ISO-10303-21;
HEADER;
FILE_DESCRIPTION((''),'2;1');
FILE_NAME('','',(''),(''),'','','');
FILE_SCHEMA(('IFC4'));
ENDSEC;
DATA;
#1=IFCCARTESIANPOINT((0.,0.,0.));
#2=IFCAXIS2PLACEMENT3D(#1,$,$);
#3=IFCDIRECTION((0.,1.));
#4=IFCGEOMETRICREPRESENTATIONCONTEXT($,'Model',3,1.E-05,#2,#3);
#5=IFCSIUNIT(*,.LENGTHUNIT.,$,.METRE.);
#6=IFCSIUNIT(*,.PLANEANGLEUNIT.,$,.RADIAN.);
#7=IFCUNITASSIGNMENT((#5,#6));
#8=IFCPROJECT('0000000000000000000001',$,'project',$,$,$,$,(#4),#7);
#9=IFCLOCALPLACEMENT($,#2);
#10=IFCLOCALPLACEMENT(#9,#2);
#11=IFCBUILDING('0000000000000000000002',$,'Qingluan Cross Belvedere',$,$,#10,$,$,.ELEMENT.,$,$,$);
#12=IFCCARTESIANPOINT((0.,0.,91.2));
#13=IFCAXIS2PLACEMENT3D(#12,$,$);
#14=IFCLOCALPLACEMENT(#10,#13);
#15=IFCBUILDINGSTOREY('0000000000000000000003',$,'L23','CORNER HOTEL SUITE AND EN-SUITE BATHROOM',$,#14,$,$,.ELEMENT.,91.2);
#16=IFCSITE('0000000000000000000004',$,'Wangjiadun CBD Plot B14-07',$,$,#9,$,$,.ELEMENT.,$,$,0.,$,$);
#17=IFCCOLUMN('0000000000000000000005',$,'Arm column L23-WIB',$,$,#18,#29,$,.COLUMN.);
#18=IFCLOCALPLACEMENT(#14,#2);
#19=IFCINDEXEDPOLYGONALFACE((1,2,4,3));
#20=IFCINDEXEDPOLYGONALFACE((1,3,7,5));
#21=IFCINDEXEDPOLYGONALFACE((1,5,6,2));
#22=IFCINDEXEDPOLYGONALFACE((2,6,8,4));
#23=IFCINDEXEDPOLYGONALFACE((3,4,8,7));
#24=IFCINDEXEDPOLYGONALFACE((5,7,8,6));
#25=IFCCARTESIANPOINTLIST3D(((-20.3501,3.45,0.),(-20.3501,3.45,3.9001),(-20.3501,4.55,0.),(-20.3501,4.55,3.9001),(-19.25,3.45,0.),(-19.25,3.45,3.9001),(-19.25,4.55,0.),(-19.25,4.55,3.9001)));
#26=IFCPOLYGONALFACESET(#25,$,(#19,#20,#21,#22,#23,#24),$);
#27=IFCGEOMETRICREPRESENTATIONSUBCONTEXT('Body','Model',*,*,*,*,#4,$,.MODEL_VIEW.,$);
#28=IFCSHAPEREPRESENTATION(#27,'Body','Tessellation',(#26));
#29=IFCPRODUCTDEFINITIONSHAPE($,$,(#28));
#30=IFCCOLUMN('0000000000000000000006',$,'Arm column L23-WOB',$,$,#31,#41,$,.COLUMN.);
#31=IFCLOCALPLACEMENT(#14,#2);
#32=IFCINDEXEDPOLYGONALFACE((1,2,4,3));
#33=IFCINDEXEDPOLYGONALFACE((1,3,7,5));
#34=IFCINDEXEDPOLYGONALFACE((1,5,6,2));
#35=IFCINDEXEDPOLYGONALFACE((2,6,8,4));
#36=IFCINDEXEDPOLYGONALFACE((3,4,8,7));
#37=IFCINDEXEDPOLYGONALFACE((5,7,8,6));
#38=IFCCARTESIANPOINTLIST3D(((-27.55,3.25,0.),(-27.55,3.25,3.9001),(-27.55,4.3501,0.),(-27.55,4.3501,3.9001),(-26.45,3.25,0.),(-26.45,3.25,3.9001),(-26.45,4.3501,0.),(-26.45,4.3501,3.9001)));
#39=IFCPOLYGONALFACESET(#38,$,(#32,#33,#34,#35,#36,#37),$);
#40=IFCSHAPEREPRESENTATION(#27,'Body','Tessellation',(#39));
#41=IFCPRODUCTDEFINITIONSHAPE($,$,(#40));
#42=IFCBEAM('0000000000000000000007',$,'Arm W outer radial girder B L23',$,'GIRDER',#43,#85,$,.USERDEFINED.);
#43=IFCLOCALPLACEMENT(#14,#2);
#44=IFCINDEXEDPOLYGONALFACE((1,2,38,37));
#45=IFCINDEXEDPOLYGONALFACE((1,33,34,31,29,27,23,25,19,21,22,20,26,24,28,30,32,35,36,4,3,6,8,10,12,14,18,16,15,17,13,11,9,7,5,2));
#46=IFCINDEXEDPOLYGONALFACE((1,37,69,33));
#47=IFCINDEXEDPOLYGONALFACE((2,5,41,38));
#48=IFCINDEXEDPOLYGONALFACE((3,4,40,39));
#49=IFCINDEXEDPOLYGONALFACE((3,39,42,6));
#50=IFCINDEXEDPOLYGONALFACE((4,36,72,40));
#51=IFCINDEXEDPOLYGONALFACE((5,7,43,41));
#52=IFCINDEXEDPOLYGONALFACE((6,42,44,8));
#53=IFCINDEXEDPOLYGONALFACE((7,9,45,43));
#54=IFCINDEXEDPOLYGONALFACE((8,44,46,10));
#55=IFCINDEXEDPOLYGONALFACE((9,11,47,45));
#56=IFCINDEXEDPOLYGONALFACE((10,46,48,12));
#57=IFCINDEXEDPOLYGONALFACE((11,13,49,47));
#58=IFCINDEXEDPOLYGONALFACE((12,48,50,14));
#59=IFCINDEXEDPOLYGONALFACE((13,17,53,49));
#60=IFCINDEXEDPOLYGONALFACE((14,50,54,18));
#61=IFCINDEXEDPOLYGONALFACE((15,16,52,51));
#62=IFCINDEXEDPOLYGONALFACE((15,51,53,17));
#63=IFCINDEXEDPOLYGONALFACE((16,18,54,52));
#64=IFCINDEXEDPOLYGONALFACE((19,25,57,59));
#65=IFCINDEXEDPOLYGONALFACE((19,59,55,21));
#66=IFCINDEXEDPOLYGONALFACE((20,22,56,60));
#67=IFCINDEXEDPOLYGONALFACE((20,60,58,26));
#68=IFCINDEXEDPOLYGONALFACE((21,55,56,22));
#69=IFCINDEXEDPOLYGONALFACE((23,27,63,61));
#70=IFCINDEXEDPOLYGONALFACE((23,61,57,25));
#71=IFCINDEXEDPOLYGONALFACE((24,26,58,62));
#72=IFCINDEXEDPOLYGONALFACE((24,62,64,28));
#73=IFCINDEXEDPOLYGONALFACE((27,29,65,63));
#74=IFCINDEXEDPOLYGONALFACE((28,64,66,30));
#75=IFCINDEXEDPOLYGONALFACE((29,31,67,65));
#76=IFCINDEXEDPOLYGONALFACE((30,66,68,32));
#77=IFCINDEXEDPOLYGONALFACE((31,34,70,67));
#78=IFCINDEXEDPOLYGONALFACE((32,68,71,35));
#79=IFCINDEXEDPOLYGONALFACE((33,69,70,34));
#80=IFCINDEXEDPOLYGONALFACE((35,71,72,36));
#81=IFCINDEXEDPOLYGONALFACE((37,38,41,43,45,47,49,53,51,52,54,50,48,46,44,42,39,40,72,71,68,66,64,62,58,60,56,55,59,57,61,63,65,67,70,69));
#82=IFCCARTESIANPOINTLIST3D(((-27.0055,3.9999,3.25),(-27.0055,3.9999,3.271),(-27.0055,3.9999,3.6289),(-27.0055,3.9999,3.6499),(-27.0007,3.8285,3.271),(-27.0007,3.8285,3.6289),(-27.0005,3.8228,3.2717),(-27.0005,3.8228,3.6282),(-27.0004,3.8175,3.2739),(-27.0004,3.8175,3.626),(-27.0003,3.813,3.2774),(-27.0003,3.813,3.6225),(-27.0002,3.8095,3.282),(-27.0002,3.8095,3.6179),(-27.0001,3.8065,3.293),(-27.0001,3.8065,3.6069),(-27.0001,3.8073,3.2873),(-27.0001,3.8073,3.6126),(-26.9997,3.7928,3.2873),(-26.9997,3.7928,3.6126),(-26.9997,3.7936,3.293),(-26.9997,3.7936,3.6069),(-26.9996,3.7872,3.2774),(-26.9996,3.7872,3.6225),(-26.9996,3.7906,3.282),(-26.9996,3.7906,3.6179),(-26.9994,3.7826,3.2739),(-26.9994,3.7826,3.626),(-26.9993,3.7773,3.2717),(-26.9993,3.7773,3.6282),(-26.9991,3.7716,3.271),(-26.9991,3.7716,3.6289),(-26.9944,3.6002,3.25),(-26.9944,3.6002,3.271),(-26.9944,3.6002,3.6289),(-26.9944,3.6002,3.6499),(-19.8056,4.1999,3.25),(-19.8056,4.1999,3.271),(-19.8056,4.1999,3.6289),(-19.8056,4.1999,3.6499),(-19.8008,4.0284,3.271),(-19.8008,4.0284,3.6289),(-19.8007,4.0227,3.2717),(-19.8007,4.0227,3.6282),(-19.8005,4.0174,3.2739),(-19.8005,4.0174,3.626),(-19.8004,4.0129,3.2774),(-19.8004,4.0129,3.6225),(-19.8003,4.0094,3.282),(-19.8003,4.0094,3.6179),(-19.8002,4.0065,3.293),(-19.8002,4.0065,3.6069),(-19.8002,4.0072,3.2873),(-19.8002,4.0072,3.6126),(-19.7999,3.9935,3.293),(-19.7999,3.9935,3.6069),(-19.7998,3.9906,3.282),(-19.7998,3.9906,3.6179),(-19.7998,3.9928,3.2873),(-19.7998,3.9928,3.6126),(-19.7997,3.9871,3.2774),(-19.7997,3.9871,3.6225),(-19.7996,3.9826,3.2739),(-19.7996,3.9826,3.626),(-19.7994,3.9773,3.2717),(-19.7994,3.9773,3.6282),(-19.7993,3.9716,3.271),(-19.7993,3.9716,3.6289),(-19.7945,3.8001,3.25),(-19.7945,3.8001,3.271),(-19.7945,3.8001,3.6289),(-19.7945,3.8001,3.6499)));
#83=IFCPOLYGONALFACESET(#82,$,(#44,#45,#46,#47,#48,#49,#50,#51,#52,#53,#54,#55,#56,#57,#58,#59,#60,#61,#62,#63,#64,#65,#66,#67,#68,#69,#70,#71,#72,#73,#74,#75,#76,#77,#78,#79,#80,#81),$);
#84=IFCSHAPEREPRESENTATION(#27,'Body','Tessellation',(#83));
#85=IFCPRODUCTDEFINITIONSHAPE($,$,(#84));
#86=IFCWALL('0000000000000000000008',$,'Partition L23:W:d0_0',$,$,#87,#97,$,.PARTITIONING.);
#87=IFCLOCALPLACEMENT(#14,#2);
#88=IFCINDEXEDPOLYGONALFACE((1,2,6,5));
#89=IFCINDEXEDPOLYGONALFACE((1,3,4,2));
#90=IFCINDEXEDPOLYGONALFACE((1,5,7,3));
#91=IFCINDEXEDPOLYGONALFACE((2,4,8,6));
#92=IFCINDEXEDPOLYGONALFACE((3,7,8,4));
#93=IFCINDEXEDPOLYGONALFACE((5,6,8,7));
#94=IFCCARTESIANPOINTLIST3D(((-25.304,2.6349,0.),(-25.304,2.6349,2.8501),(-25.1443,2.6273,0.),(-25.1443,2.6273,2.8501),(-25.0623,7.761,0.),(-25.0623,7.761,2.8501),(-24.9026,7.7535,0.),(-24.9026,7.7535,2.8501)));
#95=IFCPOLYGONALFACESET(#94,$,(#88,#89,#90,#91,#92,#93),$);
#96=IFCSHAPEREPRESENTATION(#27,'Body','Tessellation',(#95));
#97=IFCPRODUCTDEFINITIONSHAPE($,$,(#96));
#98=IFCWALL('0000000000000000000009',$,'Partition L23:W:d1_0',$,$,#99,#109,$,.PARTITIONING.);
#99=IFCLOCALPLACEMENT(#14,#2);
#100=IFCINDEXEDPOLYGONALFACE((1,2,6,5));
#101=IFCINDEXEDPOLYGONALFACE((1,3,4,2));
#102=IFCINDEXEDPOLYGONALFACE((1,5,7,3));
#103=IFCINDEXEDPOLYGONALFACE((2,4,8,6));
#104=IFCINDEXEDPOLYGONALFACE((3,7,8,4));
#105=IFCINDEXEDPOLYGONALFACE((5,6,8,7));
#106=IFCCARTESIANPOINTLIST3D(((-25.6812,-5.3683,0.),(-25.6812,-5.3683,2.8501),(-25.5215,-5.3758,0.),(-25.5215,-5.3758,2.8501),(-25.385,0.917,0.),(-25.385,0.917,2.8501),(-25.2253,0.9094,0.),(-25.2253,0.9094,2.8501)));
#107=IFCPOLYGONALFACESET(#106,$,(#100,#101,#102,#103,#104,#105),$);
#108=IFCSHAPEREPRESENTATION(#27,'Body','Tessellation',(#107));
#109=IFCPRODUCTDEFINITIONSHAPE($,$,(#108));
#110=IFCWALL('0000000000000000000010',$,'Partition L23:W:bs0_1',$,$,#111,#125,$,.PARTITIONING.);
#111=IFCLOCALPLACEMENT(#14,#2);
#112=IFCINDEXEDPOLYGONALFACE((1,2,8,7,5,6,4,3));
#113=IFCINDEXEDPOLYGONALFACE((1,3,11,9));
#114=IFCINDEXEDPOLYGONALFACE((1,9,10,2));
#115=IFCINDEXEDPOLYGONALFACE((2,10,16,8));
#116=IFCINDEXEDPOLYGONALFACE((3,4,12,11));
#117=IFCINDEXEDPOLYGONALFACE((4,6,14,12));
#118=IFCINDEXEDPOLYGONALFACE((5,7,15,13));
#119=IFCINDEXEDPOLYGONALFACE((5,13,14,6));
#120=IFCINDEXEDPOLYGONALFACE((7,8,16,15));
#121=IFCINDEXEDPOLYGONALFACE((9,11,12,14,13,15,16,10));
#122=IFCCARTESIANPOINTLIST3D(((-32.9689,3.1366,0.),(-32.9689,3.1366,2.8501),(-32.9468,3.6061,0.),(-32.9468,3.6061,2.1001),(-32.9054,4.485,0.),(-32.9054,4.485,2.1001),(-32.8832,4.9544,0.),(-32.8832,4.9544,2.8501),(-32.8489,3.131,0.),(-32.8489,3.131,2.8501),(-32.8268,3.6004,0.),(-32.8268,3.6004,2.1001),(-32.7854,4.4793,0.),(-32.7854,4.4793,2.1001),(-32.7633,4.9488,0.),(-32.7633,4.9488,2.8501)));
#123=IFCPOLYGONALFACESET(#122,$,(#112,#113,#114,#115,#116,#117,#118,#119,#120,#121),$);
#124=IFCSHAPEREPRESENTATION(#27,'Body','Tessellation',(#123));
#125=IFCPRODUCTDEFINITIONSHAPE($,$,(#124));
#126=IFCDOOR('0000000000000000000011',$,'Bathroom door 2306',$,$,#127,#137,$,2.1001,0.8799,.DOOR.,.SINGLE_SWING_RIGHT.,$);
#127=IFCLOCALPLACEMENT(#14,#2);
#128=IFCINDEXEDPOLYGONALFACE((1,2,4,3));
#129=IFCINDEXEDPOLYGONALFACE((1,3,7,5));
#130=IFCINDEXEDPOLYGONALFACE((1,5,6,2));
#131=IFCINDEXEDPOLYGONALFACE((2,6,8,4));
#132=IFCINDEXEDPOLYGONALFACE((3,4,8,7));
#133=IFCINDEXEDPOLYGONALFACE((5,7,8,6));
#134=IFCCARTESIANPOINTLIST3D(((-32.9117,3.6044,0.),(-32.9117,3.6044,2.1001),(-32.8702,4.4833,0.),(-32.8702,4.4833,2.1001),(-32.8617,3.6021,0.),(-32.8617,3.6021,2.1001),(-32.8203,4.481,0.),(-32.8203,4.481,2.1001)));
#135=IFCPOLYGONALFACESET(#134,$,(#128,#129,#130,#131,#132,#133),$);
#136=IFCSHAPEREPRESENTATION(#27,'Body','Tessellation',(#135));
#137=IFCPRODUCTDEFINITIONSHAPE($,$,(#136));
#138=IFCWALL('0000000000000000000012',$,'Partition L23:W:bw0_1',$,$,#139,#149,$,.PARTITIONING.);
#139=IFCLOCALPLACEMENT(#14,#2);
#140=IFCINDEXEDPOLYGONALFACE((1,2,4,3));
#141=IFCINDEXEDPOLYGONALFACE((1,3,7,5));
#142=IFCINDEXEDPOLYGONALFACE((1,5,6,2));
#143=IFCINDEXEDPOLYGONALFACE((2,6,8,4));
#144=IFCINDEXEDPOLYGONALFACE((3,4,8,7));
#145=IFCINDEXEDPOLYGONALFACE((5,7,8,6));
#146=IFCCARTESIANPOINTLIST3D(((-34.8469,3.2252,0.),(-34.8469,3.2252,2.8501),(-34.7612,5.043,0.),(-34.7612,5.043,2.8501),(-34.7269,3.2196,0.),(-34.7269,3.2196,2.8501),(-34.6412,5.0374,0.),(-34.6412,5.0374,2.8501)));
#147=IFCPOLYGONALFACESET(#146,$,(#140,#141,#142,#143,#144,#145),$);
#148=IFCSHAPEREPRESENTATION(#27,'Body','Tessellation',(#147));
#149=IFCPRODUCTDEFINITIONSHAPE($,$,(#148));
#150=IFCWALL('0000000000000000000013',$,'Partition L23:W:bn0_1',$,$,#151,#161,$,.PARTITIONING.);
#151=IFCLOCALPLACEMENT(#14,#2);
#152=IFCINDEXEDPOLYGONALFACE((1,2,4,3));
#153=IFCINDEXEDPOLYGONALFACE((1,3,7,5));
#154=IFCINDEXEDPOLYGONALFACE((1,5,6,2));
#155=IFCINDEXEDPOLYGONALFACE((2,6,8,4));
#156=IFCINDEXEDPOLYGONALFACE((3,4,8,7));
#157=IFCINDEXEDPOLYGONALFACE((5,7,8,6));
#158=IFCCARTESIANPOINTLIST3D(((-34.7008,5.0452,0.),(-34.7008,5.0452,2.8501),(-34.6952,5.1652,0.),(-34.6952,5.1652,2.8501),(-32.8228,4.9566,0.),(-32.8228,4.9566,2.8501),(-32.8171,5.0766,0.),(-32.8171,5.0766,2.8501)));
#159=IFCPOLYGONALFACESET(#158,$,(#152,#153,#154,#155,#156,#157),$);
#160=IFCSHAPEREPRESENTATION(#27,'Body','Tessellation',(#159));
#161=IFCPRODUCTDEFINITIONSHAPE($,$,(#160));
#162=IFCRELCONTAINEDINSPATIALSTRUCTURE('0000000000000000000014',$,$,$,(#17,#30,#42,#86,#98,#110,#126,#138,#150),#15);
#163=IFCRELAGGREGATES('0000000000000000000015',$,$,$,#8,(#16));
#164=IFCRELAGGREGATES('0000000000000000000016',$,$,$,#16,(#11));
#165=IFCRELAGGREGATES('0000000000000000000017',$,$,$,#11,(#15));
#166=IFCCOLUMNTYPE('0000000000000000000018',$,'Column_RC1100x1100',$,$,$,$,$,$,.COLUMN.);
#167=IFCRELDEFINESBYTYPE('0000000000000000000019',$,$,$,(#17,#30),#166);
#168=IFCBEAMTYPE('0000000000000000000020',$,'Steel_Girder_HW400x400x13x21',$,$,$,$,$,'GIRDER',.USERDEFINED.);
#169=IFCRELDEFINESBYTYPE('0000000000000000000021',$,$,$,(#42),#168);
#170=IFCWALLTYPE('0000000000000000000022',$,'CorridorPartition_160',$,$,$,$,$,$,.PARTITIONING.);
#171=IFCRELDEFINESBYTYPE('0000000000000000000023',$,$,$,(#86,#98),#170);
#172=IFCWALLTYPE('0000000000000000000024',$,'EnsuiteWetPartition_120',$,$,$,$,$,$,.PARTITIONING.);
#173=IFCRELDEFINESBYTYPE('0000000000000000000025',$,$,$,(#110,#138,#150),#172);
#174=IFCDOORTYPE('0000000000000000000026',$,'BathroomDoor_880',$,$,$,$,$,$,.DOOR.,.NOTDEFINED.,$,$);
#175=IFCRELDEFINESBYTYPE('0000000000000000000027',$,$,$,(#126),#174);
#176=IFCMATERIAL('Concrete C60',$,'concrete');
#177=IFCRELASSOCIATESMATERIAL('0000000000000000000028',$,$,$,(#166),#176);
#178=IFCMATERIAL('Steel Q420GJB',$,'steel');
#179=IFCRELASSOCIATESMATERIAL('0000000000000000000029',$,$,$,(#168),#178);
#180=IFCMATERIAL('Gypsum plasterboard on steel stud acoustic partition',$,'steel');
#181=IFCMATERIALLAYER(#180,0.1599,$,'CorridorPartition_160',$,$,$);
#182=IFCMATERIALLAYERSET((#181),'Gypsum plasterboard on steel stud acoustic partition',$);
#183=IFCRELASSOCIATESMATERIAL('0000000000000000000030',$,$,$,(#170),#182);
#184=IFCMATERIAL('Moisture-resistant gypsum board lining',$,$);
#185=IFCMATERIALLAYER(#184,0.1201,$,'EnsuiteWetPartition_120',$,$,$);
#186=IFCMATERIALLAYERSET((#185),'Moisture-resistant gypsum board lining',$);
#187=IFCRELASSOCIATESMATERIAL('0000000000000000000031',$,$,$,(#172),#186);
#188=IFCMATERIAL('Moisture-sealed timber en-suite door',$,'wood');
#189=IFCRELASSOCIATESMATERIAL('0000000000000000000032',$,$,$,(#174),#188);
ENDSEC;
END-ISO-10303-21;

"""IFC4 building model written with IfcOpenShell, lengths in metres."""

from ifc_helpers import new_model, si_unit, direction, frame, frame_2d, origin, origin_2d, place, context, subcontext, project, spatial, rectangle, i_section, extrude, material, layer, layer_set, material_profile, profile_set, type_object, element, fill, save


model = new_model("IFC4")

# Units and contexts
model_context = context("Model", 3, precision=1e-05, world=origin(), true_north=direction((0.0, 1.0)))
body_context = subcontext(model_context, "Body", "Model", "MODEL_VIEW")
ifc_project = project(units=[si_unit("LENGTHUNIT", "METRE"), si_unit("PLANEANGLEUNIT", "RADIAN")], contexts=[model_context])

# Site, building, storey
site_placement = place(None, origin())
site = spatial("IfcSite", under=ifc_project, at=site_placement, Name="Wangjiadun CBD Plot B14-07", CompositionType="ELEMENT", RefElevation=0.0)
building_placement = place(site_placement, origin())
building = spatial("IfcBuilding", under=site, at=building_placement, Name="Qingluan Cross Belvedere", CompositionType="ELEMENT")
storey_placement = place(building_placement, frame((0.0, 0.0, 91.2)))
storey = spatial("IfcBuildingStorey", under=building, at=storey_placement, Name="L23", Description="CORNER HOTEL SUITE AND EN-SUITE BATHROOM", CompositionType="ELEMENT", Elevation=91.2)

# Columns
ifc_material_1 = material(Name="Concrete C60", Category="concrete")
ifc_material_profile_1 = material_profile(ifc_material_1, rectangle(XDim=1.1001, YDim=1.1001, at=origin_2d()), Name="RC1100x1100")
ifc_profile_set_1 = profile_set([ifc_material_profile_1], Name="Concrete C60")
column_type = type_object("IfcColumnType", Name="Column_RC1100x1100", PredefinedType="COLUMN", material=ifc_profile_set_1)
for number, where, z_axis, x_axis, name in (
    (1, (-19.8, 4.0, 0.0), (0.0, 0.0, 1.0), (1.0, 0.0, 0.0), "Arm column L23-WIB"),
    (2, (-27.0, 3.8, 0.0), (0.0, 0.0, 1.0), (1.0, 0.0, 0.0), "Arm column L23-WOB"),
):
    element("IfcColumn", number, at=place(storey_placement, frame(where, z_axis=z_axis, x_axis=x_axis)), inside=storey, type_object=column_type, Name=name, PredefinedType="COLUMN", context=body_context, shape_type="SweptSolid", body=[
        extrude(rectangle(XDim=1.1001, YDim=1.1001, at=origin_2d()), origin(), (0.0, 0.0, 1.0), 3.9001),
    ])

# Beam
ifc_material_2 = material(Name="Steel Q420GJB", Category="steel")
ifc_material_profile_2 = material_profile(ifc_material_2, i_section(OverallWidth=0.3999, OverallDepth=0.3999, WebThickness=0.0129, FlangeThickness=0.021, FilletRadius=0.022, at=origin_2d()), Name="HW400x400x13x21")
ifc_profile_set_2 = profile_set([ifc_material_profile_2], Name="Steel Q420GJB")
beam_type = type_object("IfcBeamType", Name="Steel_Girder_HW400x400x13x21", ElementType="GIRDER", PredefinedType="USERDEFINED", material=ifc_profile_set_2)
beam_placement = place(storey_placement, frame((-19.8, 4.0, 3.45), z_axis=(-0.999615, -0.02776, 0.0), x_axis=(0.02776, -0.999615, 0.0)))
element("IfcBeam", 3, at=beam_placement, inside=storey, type_object=beam_type, Name="Arm W outer radial girder B L23", ObjectType="GIRDER", PredefinedType="USERDEFINED", context=body_context, shape_type="SweptSolid", body=[
    extrude(i_section(OverallWidth=0.3999, OverallDepth=0.3999, WebThickness=0.0129, FlangeThickness=0.021, FilletRadius=0.022, at=origin_2d()), origin(), (0.0, 0.0, 1.0), 7.2026),
])

# Walls
ifc_material_3 = material(Name="Gypsum plasterboard on steel stud acoustic partition", Category="steel")
ifc_layer_1 = layer(ifc_material_3, 0.1599, Name="CorridorPartition_160")
ifc_layer_set_1 = layer_set([ifc_layer_1], Name="Gypsum plasterboard on steel stud acoustic partition")
wall_type_1 = type_object("IfcWallType", Name="CorridorPartition_160", PredefinedType="PARTITIONING", material=ifc_layer_set_1)
wall_1_placement = place(storey_placement, frame((-25.2241, 2.6311, 0.0), z_axis=(0.0, 0.0, 1.0), x_axis=(0.047097, 0.99889, 0.0)))
element("IfcWall", 4, at=wall_1_placement, inside=storey, type_object=wall_type_1, Name="Partition L23:W:d0_0", PredefinedType="PARTITIONING", context=body_context, shape_type="SweptSolid", body=[
    extrude(rectangle(XDim=5.1318, YDim=0.1599, at=frame_2d((2.5659, 0.0))), origin(), (0.0, 0.0, 1.0), 2.8501),
])
wall_2_placement = place(storey_placement, frame((-25.3052, 0.9131, 0.0), z_axis=(0.0, 0.0, 1.0), x_axis=(-0.047066, -0.998892, 0.0)))
element("IfcWall", 5, at=wall_2_placement, inside=storey, type_object=wall_type_1, Name="Partition L23:W:d1_0", PredefinedType="PARTITIONING", context=body_context, shape_type="SweptSolid", body=[
    extrude(rectangle(XDim=6.2922, YDim=0.1599, at=frame_2d((3.146, 0.0))), origin(), (0.0, 0.0, 1.0), 2.8501),
])

# Wall, opening, door
ifc_material_4 = material(Name="Moisture-resistant gypsum board lining")
ifc_layer_2 = layer(ifc_material_4, 0.1201, Name="EnsuiteWetPartition_120")
ifc_layer_set_2 = layer_set([ifc_layer_2], Name="Moisture-resistant gypsum board lining")
wall_type_2 = type_object("IfcWallType", Name="EnsuiteWetPartition_120", PredefinedType="PARTITIONING", material=ifc_layer_set_2)
wall_3_placement = place(storey_placement, frame((-32.9089, 3.1338, 0.0), z_axis=(0.0, 0.0, 1.0), x_axis=(0.047087, 0.998891, 0.0)))
wall_3 = element("IfcWall", 6, at=wall_3_placement, inside=storey, type_object=wall_type_2, Name="Partition L23:W:bs0_1", PredefinedType="PARTITIONING", context=body_context, shape_type="SweptSolid", body=[
    extrude(rectangle(XDim=1.8198, YDim=0.1201, at=frame_2d((0.9099, 0.0))), origin(), (0.0, 0.0, 1.0), 2.8501),
])
opening_1_placement = place(wall_3_placement, frame((0.47, 0.0, 0.0)))
opening_1 = element("IfcOpeningElement", 7, at=opening_1_placement, cuts=wall_3, PredefinedType="OPENING", context=body_context, shape_type="SweptSolid", body=[
    extrude(rectangle(XDim=0.8799, YDim=2.1001, at=frame_2d((0.4399, 1.05))), frame((0.0, 0.0701, 0.0), z_axis=(0.0, -1.0, 0.0), x_axis=(1.0, 0.0, 0.0)), (0.0, 0.0, 1.0), 0.1401),
])
ifc_material_5 = material(Name="Moisture-sealed timber en-suite door", Category="wood")
door_type = type_object("IfcDoorType", Name="BathroomDoor_880", OperationType="NOTDEFINED", PredefinedType="DOOR", material=ifc_material_5)
door_placement = place(opening_1_placement, origin())
door = element("IfcDoor", 8, at=door_placement, inside=storey, type_object=door_type, Name="Bathroom door 2306", OperationType="SINGLE_SWING_RIGHT", OverallHeight=2.1001, OverallWidth=0.8799, PredefinedType="DOOR", context=body_context, shape_type="SweptSolid", body=[
    extrude(rectangle(XDim=0.8799, YDim=2.1001, at=frame_2d((0.4399, 1.05))), frame((0.0, 0.0249, 0.0), z_axis=(0.0, -1.0, 0.0), x_axis=(1.0, 0.0, 0.0)), (0.0, 0.0, 1.0), 0.05),
])
fill(opening_1, door)

# Walls
wall_4_placement = place(storey_placement, frame((-34.7869, 3.2224, 0.0), z_axis=(0.0, 0.0, 1.0), x_axis=(0.047087, 0.998891, 0.0)))
element("IfcWall", 9, at=wall_4_placement, inside=storey, type_object=wall_type_2, Name="Partition L23:W:bw0_1", PredefinedType="PARTITIONING", context=body_context, shape_type="SweptSolid", body=[
    extrude(rectangle(XDim=1.8198, YDim=0.1201, at=frame_2d((0.9099, 0.0))), origin(), (0.0, 0.0, 1.0), 2.8501),
])
wall_5_placement = place(storey_placement, frame((-32.8201, 5.0166, 0.0), z_axis=(0.0, 0.0, 1.0), x_axis=(-0.998888, 0.047139, 0.0)))
element("IfcWall", 10, at=wall_5_placement, inside=storey, type_object=wall_type_2, Name="Partition L23:W:bn0_1", PredefinedType="PARTITIONING", context=body_context, shape_type="SweptSolid", body=[
    extrude(rectangle(XDim=1.8801, YDim=0.1201, at=frame_2d((0.9399, 0.0))), origin(), (0.0, 0.0, 1.0), 2.8501),
])

save(model, "model.ifc")
